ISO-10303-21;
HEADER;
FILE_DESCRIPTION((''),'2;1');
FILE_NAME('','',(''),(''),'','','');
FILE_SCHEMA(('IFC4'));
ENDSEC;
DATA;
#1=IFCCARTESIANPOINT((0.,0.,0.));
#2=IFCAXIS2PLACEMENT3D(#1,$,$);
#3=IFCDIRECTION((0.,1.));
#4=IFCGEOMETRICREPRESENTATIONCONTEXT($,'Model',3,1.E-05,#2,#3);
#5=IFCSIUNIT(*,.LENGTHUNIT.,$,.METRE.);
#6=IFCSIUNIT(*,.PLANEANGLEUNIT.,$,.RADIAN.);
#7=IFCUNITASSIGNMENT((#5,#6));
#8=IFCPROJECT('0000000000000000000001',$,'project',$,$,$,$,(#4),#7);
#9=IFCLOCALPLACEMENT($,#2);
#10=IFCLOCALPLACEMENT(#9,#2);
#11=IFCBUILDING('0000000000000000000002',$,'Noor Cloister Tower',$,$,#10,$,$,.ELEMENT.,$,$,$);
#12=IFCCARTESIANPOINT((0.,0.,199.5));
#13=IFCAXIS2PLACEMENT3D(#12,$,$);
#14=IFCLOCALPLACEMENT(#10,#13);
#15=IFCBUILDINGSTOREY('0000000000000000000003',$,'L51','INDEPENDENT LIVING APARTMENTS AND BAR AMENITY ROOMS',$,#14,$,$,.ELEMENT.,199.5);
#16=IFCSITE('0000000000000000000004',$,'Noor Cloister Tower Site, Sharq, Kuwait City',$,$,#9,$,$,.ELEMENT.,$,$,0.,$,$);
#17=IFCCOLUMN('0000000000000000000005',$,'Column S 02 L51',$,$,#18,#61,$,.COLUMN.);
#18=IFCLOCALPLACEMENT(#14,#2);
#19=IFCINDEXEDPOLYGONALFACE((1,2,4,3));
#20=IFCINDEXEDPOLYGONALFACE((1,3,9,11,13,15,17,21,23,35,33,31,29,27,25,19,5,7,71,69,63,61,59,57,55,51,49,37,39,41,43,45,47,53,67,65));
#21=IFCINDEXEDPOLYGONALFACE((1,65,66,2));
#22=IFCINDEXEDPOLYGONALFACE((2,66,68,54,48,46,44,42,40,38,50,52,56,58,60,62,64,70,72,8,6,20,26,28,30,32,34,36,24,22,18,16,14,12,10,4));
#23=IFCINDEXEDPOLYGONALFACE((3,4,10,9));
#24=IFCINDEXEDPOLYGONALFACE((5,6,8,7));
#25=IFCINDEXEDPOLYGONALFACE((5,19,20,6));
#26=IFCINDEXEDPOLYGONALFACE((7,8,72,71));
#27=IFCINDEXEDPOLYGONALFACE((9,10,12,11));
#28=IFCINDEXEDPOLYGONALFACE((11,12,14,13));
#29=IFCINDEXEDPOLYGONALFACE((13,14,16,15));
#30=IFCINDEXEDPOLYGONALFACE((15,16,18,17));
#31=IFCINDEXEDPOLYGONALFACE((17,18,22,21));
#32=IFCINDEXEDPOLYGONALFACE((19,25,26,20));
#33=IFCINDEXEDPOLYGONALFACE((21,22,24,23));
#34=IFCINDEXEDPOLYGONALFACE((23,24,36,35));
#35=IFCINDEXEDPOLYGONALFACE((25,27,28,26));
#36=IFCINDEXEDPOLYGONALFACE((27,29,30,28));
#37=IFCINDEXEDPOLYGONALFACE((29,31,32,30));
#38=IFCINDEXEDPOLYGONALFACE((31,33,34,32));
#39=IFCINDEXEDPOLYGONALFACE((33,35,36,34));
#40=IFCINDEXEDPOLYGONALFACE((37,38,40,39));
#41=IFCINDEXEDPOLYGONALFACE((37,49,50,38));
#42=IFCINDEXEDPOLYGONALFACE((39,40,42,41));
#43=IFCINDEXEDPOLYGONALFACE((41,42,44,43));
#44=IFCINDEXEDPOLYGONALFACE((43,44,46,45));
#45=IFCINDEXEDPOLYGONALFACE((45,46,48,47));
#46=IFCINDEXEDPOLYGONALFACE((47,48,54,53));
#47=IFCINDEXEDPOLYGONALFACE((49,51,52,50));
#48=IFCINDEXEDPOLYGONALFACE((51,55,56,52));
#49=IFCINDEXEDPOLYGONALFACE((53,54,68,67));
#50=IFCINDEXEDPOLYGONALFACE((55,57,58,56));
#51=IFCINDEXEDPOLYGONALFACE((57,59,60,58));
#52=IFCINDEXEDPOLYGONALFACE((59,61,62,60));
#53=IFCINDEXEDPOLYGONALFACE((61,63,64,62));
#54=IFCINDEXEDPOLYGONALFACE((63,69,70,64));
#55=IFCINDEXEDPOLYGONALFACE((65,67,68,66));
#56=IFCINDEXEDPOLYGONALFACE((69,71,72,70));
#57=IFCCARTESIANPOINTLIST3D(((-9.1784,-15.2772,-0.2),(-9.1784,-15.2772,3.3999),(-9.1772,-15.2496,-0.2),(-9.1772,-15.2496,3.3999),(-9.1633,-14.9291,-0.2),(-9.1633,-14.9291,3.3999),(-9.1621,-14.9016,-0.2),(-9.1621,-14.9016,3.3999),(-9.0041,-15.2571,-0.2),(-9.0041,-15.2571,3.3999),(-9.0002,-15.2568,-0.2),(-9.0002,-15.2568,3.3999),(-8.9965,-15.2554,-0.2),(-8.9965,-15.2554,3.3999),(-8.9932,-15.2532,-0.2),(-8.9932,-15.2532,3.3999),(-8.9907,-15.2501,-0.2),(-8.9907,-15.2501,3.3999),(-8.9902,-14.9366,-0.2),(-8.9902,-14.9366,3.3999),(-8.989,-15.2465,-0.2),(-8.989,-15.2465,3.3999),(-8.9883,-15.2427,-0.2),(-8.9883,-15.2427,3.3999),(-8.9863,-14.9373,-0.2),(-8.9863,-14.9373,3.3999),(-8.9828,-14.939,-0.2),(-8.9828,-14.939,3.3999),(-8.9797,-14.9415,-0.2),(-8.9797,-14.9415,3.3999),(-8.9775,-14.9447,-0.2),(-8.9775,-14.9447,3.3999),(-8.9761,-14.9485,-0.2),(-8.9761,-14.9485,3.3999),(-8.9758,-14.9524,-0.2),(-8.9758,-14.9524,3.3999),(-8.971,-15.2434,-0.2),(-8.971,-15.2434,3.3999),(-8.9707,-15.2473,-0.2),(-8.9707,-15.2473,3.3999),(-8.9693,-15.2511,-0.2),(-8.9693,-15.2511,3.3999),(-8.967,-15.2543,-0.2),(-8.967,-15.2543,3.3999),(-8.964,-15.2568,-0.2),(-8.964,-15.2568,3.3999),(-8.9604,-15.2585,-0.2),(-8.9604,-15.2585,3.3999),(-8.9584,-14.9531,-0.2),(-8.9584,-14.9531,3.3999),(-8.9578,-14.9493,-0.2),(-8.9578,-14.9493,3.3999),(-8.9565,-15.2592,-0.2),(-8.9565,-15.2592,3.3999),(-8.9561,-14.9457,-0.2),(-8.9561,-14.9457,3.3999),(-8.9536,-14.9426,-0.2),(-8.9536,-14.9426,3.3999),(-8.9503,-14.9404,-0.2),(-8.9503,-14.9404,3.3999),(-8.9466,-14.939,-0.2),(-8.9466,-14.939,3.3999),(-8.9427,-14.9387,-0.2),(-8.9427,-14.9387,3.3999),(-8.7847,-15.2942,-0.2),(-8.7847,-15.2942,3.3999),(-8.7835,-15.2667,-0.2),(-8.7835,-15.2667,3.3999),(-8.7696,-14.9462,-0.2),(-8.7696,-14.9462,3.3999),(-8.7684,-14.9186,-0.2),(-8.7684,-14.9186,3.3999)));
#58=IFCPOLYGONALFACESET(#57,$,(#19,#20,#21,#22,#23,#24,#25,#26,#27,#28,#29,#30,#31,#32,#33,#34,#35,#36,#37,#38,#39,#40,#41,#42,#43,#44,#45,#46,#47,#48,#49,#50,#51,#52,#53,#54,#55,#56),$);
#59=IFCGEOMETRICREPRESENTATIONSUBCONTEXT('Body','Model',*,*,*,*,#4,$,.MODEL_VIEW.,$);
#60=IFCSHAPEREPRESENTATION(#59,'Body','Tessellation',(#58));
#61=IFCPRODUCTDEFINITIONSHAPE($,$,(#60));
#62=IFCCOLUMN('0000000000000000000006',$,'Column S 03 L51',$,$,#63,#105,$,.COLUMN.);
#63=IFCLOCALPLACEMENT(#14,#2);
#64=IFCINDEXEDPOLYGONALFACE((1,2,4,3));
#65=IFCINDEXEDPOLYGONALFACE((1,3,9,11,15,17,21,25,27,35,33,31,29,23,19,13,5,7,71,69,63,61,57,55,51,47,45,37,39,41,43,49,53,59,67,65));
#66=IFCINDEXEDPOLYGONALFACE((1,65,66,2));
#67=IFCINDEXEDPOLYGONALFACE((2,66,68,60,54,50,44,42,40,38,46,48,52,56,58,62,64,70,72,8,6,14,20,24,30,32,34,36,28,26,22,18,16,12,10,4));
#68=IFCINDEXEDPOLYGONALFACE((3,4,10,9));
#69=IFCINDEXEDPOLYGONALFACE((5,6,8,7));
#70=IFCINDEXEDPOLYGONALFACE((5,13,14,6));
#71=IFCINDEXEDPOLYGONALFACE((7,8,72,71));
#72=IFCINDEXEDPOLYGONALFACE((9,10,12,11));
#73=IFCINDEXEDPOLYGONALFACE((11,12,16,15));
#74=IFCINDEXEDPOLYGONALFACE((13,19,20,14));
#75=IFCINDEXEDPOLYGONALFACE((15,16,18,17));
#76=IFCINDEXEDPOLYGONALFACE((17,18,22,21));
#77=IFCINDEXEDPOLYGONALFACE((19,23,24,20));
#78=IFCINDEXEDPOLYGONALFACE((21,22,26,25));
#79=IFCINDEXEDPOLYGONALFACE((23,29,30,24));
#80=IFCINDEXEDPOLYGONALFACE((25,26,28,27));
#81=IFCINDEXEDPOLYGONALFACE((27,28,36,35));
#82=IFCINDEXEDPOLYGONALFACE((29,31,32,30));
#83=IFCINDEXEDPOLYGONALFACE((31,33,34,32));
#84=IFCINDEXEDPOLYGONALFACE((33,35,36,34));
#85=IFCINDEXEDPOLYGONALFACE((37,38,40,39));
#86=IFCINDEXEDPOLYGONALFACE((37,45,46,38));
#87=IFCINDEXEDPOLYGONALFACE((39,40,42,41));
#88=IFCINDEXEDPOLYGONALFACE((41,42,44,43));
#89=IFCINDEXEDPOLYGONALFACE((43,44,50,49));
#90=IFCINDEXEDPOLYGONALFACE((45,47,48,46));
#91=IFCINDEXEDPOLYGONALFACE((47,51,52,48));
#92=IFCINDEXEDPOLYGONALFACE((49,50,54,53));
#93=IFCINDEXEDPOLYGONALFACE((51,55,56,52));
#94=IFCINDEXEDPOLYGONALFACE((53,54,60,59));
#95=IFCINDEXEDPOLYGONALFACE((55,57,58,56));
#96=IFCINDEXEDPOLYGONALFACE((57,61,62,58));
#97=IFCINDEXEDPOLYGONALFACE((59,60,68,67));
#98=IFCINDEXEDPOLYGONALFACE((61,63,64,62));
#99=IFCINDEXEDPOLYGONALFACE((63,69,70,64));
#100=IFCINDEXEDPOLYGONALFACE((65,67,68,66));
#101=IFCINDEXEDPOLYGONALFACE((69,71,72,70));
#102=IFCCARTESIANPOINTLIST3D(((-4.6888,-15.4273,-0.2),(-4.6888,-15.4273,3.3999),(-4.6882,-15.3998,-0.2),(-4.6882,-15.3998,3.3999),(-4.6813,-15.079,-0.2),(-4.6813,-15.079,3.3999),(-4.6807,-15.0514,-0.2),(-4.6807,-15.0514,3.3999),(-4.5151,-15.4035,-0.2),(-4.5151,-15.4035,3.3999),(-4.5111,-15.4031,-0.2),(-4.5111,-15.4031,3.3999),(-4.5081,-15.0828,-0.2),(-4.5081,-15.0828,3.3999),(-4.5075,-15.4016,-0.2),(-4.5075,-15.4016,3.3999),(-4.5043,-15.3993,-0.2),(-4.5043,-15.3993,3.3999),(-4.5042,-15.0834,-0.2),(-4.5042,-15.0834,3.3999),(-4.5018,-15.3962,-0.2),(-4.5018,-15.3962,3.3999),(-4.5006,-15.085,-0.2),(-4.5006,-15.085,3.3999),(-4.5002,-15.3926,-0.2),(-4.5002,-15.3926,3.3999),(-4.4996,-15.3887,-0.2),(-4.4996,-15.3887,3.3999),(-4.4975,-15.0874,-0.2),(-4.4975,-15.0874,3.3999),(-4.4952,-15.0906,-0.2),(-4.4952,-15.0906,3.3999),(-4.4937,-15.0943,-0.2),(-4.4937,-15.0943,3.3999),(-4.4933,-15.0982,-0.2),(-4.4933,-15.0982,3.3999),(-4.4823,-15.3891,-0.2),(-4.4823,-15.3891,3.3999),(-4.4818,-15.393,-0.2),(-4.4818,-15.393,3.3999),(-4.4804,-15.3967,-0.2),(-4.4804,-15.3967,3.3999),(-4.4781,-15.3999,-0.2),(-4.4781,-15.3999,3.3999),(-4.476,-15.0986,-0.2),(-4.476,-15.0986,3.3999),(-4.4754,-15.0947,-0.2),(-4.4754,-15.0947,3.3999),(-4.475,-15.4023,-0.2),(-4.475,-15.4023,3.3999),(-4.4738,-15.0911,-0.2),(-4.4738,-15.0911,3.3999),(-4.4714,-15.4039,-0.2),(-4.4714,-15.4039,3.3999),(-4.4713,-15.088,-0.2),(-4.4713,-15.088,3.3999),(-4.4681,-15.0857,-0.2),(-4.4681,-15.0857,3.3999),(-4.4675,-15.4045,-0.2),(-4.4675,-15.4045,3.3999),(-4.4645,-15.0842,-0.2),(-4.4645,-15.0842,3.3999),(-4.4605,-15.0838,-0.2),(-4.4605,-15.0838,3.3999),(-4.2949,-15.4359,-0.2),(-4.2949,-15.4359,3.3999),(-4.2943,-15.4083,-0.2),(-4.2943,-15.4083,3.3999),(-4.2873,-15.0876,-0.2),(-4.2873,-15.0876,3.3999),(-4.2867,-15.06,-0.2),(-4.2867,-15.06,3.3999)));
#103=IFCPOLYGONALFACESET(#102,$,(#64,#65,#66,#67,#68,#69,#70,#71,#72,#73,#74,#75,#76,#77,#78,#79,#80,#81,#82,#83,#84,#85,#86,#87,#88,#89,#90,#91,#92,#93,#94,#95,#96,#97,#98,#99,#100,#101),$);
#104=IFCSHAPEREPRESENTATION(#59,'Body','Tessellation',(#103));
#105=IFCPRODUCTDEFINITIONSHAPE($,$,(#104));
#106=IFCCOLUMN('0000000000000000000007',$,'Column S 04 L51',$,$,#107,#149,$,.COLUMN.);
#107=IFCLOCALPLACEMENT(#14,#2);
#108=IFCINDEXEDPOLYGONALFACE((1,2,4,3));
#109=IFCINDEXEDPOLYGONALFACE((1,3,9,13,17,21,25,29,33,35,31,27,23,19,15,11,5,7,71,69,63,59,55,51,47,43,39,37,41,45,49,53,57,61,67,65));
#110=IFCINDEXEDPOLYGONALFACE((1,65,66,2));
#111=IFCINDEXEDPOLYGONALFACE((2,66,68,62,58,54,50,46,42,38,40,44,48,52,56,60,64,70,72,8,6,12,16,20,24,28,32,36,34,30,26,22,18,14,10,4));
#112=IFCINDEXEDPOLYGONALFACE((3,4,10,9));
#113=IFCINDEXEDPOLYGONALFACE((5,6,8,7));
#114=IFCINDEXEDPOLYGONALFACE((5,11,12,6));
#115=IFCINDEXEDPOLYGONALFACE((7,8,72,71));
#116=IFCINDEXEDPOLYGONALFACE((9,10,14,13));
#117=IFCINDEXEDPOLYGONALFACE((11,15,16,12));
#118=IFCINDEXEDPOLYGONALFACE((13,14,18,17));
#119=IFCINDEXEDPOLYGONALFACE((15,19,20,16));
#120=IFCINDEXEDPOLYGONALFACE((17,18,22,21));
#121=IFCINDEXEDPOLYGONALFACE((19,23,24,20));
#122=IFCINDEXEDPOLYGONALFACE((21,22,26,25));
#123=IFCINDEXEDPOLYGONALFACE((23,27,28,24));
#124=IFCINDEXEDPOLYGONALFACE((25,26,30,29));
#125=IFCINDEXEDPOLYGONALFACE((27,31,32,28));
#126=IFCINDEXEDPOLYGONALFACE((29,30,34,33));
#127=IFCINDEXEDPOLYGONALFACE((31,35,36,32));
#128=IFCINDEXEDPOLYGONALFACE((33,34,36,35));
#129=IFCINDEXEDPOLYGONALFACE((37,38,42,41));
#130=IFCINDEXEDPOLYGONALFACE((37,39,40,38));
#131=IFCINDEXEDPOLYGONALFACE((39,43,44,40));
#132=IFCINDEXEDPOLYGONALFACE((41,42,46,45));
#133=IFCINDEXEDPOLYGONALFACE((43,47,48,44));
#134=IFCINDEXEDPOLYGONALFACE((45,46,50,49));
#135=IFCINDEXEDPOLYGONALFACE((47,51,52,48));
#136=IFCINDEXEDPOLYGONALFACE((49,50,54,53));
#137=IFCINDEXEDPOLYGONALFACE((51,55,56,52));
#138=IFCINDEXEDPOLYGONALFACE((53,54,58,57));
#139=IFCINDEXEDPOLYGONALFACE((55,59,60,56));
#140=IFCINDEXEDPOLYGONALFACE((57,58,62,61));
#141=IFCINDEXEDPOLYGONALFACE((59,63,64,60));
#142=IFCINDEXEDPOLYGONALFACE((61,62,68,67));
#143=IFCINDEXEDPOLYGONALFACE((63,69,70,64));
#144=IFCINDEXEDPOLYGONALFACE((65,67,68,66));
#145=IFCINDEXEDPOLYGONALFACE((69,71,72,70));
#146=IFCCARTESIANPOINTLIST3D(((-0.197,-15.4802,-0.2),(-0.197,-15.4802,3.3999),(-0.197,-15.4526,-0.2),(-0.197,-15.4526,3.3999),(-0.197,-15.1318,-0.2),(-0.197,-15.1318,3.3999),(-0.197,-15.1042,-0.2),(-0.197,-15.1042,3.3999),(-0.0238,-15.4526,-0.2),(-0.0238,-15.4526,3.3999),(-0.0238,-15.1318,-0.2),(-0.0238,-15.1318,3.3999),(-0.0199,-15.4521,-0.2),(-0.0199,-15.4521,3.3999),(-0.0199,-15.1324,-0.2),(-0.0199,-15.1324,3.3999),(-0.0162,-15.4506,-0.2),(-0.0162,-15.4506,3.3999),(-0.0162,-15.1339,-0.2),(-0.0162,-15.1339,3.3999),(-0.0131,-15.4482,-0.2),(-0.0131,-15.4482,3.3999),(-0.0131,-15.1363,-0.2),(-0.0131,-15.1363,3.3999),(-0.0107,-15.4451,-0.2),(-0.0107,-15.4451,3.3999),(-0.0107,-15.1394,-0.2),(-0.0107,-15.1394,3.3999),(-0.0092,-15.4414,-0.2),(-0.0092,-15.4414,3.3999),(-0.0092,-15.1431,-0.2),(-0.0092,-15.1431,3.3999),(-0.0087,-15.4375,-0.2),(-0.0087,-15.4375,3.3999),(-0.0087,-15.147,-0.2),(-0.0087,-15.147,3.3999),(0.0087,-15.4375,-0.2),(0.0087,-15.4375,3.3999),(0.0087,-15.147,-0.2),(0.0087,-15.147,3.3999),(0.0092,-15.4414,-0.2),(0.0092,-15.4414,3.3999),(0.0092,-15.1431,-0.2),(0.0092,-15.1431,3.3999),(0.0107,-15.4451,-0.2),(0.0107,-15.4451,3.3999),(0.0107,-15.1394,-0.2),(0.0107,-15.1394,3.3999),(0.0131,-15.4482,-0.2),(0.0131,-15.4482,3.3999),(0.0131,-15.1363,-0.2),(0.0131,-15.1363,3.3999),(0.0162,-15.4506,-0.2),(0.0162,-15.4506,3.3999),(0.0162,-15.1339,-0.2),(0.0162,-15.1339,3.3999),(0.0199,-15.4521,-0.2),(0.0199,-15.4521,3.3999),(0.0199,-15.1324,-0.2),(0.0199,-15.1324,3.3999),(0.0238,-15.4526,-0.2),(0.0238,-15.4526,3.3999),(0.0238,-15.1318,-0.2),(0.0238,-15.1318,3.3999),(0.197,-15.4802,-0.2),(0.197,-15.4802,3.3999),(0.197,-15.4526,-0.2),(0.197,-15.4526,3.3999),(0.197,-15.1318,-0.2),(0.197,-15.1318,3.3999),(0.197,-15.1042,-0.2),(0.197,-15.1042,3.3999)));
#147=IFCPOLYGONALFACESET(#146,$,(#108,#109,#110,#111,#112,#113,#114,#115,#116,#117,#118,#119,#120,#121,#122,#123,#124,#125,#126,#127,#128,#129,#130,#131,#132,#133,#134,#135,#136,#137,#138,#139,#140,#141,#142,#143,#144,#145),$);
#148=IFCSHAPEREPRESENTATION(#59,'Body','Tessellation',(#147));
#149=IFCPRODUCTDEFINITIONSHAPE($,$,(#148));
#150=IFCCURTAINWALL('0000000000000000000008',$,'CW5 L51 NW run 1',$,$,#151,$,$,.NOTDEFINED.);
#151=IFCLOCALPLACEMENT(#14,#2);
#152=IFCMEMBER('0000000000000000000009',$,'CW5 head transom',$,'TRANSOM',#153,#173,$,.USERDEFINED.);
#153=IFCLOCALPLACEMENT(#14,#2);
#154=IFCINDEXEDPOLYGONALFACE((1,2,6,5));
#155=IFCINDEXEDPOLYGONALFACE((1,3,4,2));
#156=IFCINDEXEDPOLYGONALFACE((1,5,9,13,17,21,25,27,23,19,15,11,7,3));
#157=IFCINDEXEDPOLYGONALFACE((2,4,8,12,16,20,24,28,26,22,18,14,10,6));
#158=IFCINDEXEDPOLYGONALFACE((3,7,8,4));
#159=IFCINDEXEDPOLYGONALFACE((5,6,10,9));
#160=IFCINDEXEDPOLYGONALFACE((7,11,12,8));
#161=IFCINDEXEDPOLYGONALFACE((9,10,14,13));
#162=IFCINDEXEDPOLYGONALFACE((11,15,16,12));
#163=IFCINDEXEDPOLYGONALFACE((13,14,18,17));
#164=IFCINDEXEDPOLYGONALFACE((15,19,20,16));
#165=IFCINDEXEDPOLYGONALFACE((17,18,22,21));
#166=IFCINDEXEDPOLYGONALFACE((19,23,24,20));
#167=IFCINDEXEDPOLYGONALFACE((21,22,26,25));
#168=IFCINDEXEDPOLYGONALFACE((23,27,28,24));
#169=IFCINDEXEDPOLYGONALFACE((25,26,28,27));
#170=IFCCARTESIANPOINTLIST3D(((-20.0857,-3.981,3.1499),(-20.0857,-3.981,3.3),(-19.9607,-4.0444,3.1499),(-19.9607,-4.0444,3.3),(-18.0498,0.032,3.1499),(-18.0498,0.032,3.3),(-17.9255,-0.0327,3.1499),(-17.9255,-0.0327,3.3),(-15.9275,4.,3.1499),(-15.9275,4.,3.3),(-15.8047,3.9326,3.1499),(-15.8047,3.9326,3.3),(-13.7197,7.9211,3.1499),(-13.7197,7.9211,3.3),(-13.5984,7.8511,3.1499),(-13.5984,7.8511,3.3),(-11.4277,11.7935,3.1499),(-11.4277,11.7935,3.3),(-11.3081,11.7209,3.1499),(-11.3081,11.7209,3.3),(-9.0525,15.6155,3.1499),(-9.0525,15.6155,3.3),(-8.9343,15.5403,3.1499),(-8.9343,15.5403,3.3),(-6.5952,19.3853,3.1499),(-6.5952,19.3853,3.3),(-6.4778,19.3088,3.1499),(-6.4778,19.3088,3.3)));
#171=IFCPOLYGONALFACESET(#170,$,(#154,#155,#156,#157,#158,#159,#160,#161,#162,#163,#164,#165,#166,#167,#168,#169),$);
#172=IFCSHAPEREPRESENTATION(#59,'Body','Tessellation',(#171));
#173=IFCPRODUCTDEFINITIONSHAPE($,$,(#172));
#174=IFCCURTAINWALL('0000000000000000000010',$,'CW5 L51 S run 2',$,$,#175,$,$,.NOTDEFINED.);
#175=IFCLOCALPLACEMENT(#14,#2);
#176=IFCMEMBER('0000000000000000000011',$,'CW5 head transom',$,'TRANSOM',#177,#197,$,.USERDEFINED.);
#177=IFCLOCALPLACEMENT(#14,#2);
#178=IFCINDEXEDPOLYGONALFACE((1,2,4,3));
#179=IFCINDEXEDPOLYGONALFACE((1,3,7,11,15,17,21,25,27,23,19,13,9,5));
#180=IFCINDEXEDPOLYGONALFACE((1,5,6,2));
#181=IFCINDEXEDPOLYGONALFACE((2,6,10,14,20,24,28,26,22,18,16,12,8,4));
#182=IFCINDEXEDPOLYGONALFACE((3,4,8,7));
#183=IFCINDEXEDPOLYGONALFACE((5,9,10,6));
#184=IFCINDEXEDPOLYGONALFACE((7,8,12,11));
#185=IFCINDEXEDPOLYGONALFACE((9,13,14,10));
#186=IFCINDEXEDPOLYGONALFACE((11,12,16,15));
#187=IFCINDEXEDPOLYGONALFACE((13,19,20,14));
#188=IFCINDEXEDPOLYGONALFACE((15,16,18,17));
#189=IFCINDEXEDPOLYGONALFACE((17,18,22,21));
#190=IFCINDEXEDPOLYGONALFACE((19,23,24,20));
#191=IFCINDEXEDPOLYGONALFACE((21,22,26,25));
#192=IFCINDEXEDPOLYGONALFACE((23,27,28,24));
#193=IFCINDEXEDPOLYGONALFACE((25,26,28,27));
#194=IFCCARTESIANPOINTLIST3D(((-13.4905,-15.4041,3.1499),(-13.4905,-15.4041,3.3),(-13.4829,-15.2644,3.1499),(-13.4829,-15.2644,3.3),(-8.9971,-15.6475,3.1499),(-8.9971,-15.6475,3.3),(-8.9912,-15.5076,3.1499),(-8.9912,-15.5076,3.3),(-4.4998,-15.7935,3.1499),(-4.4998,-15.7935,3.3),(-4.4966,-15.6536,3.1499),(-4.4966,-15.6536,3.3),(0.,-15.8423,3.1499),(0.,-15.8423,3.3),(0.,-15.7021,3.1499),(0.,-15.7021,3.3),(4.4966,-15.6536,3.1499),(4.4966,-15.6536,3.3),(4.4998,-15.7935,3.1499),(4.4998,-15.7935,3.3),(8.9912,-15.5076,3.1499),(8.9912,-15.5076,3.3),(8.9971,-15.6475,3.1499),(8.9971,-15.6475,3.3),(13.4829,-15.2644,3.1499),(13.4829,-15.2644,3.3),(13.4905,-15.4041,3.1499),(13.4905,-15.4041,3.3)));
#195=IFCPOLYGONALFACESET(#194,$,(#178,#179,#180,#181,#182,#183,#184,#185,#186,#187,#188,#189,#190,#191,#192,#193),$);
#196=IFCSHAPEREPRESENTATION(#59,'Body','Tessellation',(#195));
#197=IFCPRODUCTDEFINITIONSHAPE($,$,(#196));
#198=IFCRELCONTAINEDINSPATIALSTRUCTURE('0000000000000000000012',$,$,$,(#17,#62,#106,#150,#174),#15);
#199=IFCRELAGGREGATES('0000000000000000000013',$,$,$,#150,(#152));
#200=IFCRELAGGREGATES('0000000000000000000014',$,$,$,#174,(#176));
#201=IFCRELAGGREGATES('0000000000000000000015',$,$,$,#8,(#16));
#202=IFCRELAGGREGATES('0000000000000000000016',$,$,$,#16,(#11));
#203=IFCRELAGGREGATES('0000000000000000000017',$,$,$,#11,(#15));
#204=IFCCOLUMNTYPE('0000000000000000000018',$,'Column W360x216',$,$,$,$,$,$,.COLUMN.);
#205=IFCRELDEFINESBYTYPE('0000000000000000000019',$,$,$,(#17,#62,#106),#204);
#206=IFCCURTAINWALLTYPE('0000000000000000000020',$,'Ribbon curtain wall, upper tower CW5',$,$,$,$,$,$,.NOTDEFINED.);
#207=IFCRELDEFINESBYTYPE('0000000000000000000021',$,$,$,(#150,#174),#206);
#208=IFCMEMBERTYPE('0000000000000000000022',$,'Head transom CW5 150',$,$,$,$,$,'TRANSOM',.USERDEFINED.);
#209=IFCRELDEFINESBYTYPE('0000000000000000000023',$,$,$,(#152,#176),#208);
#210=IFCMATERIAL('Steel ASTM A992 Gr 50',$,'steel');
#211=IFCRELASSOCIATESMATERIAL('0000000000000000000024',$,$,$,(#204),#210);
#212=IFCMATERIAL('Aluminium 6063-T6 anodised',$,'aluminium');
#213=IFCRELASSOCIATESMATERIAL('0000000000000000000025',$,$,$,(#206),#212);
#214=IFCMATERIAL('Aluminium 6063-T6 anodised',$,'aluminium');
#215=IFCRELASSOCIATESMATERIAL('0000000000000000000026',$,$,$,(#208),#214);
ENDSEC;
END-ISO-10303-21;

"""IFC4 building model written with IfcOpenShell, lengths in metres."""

from ifc_helpers import new_model, si_unit, direction, frame, origin, origin_2d, place, context, subcontext, project, spatial, polyline, i_section, outline, extrude, material, material_profile, profile_set, type_object, element, aggregate, save


model = new_model("IFC4")

# Units and contexts
model_context = context("Model", 3, precision=1e-05, world=origin(), true_north=direction((0.0, 1.0)))
body_context = subcontext(model_context, "Body", "Model", "MODEL_VIEW")
ifc_project = project(units=[si_unit("LENGTHUNIT", "METRE"), si_unit("PLANEANGLEUNIT", "RADIAN")], contexts=[model_context])

# Site, building, storey
site_placement = place(None, origin())
site = spatial("IfcSite", under=ifc_project, at=site_placement, Name="Noor Cloister Tower Site, Sharq, Kuwait City", CompositionType="ELEMENT", RefElevation=0.0)
building_placement = place(site_placement, origin())
building = spatial("IfcBuilding", under=site, at=building_placement, Name="Noor Cloister Tower", CompositionType="ELEMENT")
storey_placement = place(building_placement, frame((0.0, 0.0, 199.5)))
storey = spatial("IfcBuildingStorey", under=building, at=storey_placement, Name="L51", Description="INDEPENDENT LIVING APARTMENTS AND BAR AMENITY ROOMS", CompositionType="ELEMENT", Elevation=199.5)

# Columns
ifc_material_1 = material(Name="Steel ASTM A992 Gr 50", Category="steel")
ifc_material_profile_1 = material_profile(ifc_material_1, i_section(OverallWidth=0.394, OverallDepth=0.376, WebThickness=0.0173, FlangeThickness=0.0276, FilletRadius=0.0151, at=origin_2d()), Name="W360x216")
ifc_profile_set_1 = profile_set([ifc_material_profile_1], Name="Steel ASTM A992 Gr 50")
column_type = type_object("IfcColumnType", Name="Column W360x216", PredefinedType="COLUMN", material=ifc_profile_set_1)
for number, where, z_axis, x_axis, name in (
    (1, (-8.9734, -15.0979, -0.2), (0.0, 0.0, 1.0), (0.999064, -0.043267, 0.0), "Column S 02 L51"),
    (2, (-4.4878, -15.2437, -0.2), (0.0, 0.0, 1.0), (0.999766, -0.021639, 0.0), "Column S 03 L51"),
    (3, (0.0, -15.2922, -0.2), (0.0, 0.0, 1.0), (1.0, 0.0, 0.0), "Column S 04 L51"),
):
    element("IfcColumn", number, at=place(storey_placement, frame(where, z_axis=z_axis, x_axis=x_axis)), inside=storey, type_object=column_type, Name=name, PredefinedType="COLUMN", context=body_context, shape_type="SweptSolid", body=[
        extrude(i_section(OverallWidth=0.394, OverallDepth=0.376, WebThickness=0.0173, FlangeThickness=0.0276, FilletRadius=0.0151, at=origin_2d()), origin(), (0.0, 0.0, 1.0), 3.5999),
    ])

# Curtain wall, member
ifc_material_2 = material(Name="Aluminium 6063-T6 anodised", Category="aluminium")
curtain_wall_type = type_object("IfcCurtainWallType", Name="Ribbon curtain wall, upper tower CW5", PredefinedType="NOTDEFINED", material=ifc_material_2)
curtain_wall_1_placement = place(storey_placement, origin())
curtain_wall_1 = element("IfcCurtainWall", 4, at=curtain_wall_1_placement, inside=storey, type_object=curtain_wall_type, Name="CW5 L51 NW run 1", PredefinedType="NOTDEFINED")
ifc_material_3 = material(Name="Aluminium 6063-T6 anodised", Category="aluminium")
member_type_1 = type_object("IfcMemberType", Name="Head transom CW5 150", ElementType="TRANSOM", PredefinedType="USERDEFINED", material=ifc_material_3)
member_1_placement = place(storey_placement, frame((0.0, 0.0, 3.1499)))
member_1 = element("IfcMember", 5, at=member_1_placement, type_object=member_type_1, Name="CW5 head transom", ObjectType="TRANSOM", PredefinedType="USERDEFINED", context=body_context, shape_type="SweptSolid", body=[
    extrude(outline(polyline([(-6.5952, 19.3853), (-9.0525, 15.6155), (-11.4277, 11.7935), (-13.7197, 7.9211), (-15.9275, 4.0), (-18.0498, 0.032), (-20.0857, -3.981), (-19.9607, -4.0444), (-17.9255, -0.0327), (-15.8047, 3.9326), (-13.5984, 7.8511), (-11.3081, 11.7209), (-8.9343, 15.5403), (-6.4778, 19.3088), (-6.5952, 19.3853)])), origin(), (0.0, 0.0, 1.0), 0.1501),
])

# Curtain wall, member
curtain_wall_2_placement = place(storey_placement, origin())
curtain_wall_2 = element("IfcCurtainWall", 6, at=curtain_wall_2_placement, inside=storey, type_object=curtain_wall_type, Name="CW5 L51 S run 2", PredefinedType="NOTDEFINED")
member_2_placement = place(storey_placement, frame((0.0, 0.0, 3.1499)))
member_2 = element("IfcMember", 7, at=member_2_placement, type_object=member_type_1, Name="CW5 head transom", ObjectType="TRANSOM", PredefinedType="USERDEFINED", context=body_context, shape_type="SweptSolid", body=[
    extrude(outline(polyline([(-13.4905, -15.4041), (-8.9971, -15.6475), (-4.4998, -15.7935), (0.0, -15.8423), (4.4998, -15.7935), (8.9971, -15.6475), (13.4905, -15.4041), (13.4829, -15.2644), (8.9912, -15.5076), (4.4966, -15.6536), (0.0, -15.7021), (-4.4966, -15.6536), (-8.9912, -15.5076), (-13.4829, -15.2644), (-13.4905, -15.4041)])), origin(), (0.0, 0.0, 1.0), 0.1501),
])

aggregate(curtain_wall_1, [member_1])

aggregate(curtain_wall_2, [member_2])

save(model, "model.ifc")
